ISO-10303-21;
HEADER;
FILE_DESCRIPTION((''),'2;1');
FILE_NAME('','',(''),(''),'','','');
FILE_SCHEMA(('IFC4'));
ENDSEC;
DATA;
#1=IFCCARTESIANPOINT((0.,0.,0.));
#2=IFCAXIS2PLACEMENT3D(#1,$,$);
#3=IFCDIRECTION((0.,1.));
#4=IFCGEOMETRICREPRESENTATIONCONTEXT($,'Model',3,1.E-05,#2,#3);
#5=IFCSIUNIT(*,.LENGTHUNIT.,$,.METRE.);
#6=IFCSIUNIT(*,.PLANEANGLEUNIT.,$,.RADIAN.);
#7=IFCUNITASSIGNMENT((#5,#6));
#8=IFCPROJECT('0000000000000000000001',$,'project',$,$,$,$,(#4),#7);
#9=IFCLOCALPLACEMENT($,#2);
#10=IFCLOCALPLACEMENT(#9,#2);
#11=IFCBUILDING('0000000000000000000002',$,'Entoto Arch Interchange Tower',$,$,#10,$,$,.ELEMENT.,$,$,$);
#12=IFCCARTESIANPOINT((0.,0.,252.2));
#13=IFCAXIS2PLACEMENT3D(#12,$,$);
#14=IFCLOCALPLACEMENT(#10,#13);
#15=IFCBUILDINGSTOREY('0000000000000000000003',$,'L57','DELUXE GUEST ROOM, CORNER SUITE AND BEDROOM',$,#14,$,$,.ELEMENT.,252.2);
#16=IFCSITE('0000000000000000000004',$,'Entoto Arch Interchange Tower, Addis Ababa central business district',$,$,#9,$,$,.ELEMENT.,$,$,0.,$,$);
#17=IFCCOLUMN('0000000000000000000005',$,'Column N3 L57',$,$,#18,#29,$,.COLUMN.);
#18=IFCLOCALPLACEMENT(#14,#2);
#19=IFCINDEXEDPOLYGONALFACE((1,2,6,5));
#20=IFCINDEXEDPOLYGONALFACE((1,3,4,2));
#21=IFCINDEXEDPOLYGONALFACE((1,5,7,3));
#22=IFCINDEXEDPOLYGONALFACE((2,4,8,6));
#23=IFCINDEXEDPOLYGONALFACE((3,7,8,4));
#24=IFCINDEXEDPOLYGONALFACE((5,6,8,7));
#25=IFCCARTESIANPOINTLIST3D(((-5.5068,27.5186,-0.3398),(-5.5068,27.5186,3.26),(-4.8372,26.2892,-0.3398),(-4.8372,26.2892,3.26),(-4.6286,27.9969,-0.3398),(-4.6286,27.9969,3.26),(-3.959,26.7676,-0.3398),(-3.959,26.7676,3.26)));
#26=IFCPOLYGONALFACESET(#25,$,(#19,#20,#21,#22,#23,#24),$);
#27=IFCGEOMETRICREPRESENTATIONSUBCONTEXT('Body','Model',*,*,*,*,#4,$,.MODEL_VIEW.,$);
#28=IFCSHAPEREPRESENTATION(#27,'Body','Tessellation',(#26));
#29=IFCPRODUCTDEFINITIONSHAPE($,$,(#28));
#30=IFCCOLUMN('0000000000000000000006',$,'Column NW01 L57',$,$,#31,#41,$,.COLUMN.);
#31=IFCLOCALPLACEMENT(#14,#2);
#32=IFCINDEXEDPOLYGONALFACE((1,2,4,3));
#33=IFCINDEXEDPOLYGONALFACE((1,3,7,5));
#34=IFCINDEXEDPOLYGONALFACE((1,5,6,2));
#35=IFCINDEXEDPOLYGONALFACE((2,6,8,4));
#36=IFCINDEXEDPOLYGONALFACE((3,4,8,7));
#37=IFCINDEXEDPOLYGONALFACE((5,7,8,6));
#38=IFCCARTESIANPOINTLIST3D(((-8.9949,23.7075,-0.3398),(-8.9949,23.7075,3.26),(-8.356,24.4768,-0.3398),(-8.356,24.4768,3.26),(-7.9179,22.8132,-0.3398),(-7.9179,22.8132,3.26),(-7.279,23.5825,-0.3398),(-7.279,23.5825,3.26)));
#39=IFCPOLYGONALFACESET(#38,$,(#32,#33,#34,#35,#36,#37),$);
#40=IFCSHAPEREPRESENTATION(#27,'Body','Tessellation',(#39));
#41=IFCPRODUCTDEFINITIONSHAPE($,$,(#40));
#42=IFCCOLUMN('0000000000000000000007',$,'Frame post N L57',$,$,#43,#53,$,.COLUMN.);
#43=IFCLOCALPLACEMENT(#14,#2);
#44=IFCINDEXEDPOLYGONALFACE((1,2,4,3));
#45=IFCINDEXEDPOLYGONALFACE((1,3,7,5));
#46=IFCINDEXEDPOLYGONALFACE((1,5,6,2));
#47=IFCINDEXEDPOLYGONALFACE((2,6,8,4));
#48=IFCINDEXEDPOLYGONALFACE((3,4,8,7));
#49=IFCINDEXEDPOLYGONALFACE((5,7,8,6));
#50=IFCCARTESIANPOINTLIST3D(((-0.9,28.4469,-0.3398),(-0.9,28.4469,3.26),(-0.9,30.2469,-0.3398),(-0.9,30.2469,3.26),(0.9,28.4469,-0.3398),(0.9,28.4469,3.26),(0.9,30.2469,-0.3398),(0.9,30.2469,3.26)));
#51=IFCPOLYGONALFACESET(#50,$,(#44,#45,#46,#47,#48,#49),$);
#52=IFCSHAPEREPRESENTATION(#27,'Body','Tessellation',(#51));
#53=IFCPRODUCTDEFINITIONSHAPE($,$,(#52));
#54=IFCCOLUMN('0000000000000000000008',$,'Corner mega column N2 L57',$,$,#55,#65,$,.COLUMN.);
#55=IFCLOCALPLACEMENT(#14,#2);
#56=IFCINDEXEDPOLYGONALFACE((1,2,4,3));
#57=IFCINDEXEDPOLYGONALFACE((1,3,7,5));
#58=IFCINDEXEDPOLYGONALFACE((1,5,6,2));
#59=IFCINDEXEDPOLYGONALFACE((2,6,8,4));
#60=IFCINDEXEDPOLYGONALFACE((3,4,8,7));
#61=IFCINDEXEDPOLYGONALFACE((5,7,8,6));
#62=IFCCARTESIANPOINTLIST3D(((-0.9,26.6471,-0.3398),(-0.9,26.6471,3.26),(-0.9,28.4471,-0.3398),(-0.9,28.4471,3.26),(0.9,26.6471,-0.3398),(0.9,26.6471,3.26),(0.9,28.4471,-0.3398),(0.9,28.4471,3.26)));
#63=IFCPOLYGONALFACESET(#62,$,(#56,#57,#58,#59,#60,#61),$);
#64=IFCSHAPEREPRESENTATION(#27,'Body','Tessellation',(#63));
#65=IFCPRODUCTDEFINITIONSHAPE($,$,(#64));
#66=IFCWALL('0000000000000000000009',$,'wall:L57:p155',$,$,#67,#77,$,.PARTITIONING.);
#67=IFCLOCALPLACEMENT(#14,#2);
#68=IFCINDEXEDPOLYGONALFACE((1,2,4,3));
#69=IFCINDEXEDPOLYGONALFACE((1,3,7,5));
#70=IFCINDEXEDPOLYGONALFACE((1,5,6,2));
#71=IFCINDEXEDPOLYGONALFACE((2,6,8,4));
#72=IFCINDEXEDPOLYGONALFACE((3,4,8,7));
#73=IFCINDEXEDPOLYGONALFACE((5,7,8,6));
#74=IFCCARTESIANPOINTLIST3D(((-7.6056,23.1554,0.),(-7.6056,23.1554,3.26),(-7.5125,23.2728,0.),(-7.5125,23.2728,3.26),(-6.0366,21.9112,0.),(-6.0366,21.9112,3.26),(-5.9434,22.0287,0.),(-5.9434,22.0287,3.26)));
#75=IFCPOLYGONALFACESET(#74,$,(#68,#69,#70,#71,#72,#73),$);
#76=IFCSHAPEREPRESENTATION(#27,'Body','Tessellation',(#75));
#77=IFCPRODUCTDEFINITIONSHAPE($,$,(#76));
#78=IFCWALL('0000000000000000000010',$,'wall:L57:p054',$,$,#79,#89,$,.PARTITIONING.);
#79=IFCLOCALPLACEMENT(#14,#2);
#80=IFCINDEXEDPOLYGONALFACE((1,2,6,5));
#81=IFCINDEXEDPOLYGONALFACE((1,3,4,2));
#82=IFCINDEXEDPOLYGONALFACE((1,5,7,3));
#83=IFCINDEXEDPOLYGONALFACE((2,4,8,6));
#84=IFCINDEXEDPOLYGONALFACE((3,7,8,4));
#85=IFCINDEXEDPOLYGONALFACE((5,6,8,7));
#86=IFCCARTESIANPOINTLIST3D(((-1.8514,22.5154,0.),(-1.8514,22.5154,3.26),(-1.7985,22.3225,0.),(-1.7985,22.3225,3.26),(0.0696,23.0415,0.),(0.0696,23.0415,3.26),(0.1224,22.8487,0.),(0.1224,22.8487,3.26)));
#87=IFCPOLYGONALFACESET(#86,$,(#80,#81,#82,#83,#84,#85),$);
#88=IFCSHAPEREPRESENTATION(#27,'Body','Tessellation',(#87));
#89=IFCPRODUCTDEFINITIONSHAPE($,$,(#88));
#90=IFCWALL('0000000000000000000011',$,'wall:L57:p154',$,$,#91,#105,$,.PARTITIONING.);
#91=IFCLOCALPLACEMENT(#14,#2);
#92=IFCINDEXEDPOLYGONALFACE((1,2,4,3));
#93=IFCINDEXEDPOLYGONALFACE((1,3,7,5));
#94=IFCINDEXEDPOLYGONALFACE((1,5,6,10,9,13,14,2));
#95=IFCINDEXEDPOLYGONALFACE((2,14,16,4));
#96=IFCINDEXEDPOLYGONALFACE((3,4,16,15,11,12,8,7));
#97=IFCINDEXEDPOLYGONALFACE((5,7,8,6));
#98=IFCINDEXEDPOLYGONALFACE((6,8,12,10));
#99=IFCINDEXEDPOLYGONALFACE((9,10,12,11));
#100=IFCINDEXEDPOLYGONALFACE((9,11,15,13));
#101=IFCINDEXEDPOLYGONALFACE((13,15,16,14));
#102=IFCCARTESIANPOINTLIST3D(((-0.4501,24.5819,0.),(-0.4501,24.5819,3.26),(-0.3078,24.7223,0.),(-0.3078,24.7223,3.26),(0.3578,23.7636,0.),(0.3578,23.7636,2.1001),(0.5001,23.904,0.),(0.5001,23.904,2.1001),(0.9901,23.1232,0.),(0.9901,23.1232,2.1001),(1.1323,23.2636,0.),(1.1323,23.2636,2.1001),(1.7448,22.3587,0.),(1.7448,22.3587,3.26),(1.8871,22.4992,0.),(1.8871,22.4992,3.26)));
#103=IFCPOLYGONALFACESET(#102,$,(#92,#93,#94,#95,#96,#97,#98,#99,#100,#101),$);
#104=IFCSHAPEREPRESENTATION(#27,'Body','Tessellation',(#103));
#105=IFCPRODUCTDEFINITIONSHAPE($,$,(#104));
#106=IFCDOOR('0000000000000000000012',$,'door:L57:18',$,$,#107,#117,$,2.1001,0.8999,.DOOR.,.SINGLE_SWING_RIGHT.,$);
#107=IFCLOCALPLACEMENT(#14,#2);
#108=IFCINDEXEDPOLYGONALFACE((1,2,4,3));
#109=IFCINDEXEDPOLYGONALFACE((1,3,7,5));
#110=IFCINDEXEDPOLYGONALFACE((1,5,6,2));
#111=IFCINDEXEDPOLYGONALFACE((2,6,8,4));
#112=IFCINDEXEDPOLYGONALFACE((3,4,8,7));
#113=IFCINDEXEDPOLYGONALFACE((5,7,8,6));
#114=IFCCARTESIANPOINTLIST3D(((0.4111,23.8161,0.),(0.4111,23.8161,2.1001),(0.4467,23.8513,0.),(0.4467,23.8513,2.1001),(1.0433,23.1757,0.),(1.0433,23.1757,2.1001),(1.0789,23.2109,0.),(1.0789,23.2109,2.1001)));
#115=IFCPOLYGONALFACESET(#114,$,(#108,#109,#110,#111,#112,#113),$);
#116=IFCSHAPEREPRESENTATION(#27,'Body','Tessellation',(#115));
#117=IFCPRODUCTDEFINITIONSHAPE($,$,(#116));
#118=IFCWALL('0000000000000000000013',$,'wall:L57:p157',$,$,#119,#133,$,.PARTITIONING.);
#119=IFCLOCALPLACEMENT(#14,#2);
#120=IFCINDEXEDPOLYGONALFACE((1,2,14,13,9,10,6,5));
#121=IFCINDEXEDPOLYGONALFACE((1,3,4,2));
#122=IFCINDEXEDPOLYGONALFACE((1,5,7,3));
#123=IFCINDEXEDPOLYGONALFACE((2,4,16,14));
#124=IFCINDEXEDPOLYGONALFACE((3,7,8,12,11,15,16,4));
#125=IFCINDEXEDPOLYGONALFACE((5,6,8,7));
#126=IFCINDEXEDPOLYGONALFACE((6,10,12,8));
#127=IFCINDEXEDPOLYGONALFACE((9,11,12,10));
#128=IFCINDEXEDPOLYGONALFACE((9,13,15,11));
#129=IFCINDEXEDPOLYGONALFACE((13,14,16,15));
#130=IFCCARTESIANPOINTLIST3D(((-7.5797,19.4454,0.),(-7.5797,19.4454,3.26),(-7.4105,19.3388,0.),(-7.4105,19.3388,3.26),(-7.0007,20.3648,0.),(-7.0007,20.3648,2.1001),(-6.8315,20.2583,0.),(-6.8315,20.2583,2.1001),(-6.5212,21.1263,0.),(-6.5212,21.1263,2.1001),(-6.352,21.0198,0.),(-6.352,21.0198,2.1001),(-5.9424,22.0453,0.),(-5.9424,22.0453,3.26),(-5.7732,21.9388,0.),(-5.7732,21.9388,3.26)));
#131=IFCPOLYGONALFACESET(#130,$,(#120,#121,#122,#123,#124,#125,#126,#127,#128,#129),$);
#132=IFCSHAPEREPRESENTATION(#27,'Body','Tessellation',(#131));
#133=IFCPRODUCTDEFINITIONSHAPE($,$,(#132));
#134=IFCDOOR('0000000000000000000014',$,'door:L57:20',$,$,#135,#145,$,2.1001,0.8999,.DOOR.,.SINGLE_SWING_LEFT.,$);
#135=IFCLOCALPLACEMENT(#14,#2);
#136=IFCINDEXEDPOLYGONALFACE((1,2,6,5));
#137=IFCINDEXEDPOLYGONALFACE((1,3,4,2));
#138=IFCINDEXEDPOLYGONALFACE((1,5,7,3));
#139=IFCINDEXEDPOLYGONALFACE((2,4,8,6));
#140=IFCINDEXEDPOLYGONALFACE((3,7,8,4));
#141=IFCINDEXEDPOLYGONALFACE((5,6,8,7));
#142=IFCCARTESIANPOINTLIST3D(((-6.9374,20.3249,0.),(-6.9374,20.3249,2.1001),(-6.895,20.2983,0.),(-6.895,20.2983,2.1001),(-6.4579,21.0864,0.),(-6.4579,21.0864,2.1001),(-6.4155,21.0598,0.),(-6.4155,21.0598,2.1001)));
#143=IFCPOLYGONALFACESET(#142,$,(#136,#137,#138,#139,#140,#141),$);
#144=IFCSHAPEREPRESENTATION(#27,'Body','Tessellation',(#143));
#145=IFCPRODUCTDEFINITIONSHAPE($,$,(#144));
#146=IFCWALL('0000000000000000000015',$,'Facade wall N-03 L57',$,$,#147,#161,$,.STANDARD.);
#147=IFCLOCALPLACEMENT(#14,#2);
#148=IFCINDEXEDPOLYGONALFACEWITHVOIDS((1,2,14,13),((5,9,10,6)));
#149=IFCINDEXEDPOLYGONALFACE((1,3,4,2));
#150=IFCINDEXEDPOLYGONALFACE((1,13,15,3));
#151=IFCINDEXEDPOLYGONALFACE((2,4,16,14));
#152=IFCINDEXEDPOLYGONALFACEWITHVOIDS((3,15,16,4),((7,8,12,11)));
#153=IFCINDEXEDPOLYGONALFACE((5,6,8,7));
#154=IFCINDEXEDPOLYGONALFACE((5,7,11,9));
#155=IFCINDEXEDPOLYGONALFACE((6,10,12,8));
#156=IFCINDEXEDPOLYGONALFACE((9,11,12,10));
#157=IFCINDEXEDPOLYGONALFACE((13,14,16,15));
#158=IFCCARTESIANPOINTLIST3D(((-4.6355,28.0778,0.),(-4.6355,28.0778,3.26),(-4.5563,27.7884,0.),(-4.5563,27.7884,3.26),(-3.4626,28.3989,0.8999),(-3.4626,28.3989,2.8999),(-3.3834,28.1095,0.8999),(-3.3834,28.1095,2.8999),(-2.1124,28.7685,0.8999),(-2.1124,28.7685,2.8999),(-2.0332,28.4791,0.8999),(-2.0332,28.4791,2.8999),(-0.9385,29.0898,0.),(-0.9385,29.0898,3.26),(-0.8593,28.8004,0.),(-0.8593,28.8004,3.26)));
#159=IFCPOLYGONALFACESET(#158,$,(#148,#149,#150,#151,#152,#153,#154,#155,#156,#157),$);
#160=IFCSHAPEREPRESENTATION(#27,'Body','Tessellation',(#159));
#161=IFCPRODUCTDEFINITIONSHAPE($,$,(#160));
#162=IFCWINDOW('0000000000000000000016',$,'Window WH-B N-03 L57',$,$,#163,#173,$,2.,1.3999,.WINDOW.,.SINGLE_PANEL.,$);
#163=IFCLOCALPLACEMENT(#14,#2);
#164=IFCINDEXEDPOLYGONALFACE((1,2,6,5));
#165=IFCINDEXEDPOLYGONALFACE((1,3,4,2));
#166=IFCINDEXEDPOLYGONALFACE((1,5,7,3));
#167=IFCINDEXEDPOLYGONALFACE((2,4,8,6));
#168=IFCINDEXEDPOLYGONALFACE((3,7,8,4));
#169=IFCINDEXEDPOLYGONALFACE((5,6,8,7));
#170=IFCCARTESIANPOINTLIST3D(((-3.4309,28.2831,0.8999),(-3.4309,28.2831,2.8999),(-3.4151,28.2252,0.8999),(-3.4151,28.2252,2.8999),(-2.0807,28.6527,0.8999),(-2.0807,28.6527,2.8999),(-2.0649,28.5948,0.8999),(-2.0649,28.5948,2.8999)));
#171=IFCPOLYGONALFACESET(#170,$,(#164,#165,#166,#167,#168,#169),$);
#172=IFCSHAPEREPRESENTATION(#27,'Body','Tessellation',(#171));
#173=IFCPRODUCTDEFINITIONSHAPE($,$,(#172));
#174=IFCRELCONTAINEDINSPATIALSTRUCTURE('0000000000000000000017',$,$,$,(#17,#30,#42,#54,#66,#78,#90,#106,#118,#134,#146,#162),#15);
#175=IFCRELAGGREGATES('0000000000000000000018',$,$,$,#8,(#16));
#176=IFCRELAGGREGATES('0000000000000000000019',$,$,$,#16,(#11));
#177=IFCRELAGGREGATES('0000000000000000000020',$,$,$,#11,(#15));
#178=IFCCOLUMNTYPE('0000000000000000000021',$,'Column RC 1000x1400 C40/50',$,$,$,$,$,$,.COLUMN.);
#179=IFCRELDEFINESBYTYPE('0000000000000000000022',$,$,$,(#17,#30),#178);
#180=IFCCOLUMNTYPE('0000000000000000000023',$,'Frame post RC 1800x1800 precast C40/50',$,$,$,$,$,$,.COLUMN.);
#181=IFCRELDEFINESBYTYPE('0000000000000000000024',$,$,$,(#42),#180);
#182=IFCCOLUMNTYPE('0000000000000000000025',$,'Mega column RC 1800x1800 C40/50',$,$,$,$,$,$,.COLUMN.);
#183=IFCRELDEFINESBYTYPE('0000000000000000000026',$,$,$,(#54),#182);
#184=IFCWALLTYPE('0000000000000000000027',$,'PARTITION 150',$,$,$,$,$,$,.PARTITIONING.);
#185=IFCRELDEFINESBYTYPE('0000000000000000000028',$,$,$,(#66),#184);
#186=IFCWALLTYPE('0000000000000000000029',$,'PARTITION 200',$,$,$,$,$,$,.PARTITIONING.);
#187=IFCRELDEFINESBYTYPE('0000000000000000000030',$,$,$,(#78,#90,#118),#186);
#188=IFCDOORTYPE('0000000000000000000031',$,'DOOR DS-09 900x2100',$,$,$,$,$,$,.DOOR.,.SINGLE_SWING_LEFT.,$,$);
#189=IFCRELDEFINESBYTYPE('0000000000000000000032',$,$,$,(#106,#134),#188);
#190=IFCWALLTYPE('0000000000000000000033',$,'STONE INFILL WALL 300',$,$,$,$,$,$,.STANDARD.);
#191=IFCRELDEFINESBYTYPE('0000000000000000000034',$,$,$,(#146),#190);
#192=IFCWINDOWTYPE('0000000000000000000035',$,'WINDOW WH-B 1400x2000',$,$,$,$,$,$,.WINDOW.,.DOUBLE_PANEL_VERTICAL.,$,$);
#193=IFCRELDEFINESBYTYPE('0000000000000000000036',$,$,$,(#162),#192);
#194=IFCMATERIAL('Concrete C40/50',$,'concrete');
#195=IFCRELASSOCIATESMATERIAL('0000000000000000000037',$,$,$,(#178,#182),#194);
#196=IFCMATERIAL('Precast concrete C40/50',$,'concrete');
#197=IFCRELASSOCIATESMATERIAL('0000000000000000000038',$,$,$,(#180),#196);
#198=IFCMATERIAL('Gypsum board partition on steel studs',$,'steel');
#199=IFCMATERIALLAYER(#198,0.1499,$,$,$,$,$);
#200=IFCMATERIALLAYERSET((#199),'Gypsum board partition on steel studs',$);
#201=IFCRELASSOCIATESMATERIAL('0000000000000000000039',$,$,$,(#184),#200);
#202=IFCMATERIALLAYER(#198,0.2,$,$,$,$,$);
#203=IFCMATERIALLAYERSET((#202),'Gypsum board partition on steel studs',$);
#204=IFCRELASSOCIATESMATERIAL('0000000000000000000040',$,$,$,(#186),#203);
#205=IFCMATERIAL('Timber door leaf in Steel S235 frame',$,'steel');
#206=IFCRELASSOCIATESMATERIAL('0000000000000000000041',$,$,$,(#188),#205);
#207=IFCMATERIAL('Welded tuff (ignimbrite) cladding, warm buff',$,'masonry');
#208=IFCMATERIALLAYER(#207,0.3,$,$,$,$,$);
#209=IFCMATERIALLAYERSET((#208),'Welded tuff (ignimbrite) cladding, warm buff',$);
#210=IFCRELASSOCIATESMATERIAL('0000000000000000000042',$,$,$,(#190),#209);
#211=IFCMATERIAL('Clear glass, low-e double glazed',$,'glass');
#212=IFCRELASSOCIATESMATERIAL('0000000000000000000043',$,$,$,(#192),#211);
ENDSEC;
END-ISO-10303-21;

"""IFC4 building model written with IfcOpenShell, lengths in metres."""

from ifc_helpers import new_model, si_unit, direction, frame, frame_2d, origin, origin_2d, place, context, subcontext, project, spatial, rectangle, extrude, material, layer, layer_set, material_profile, profile_set, type_object, element, fill, save


model = new_model("IFC4")

# Units and contexts
model_context = context("Model", 3, precision=1e-05, world=origin(), true_north=direction((0.0, 1.0)))
body_context = subcontext(model_context, "Body", "Model", "MODEL_VIEW")
ifc_project = project(units=[si_unit("LENGTHUNIT", "METRE"), si_unit("PLANEANGLEUNIT", "RADIAN")], contexts=[model_context])

# Site, building, storey
site_placement = place(None, origin())
site = spatial("IfcSite", under=ifc_project, at=site_placement, Name="Entoto Arch Interchange Tower, Addis Ababa central business district", CompositionType="ELEMENT", RefElevation=0.0)
building_placement = place(site_placement, origin())
building = spatial("IfcBuilding", under=site, at=building_placement, Name="Entoto Arch Interchange Tower", CompositionType="ELEMENT")
storey_placement = place(building_placement, frame((0.0, 0.0, 252.2)))
storey = spatial("IfcBuildingStorey", under=building, at=storey_placement, Name="L57", Description="DELUXE GUEST ROOM, CORNER SUITE AND BEDROOM", CompositionType="ELEMENT", Elevation=252.2)

# Columns
ifc_material_1 = material(Name="Concrete C40/50", Category="concrete")
ifc_material_profile_1 = material_profile(ifc_material_1, rectangle(XDim=1.0, YDim=1.3999, at=origin_2d()))
ifc_profile_set_1 = profile_set([ifc_material_profile_1], Name="Concrete C40/50")
column_type_1 = type_object("IfcColumnType", Name="Column RC 1000x1400 C40/50", PredefinedType="COLUMN", material=ifc_profile_set_1)
for number, where, z_axis, x_axis, name in (
    (1, (-4.7329, 27.1431, -0.3398), (0.0, 0.0, 1.0), (0.878175, 0.478339, 0.0), "Column N3 L57"),
    (2, (-8.137, 23.645, -0.3398), (0.0, 0.0, 1.0), (0.638835, 0.769344, 0.0), "Column NW01 L57"),
):
    element("IfcColumn", number, at=place(storey_placement, frame(where, z_axis=z_axis, x_axis=x_axis)), inside=storey, type_object=column_type_1, Name=name, PredefinedType="COLUMN", context=body_context, shape_type="SweptSolid", body=[
        extrude(rectangle(XDim=1.0, YDim=1.3999, at=origin_2d()), origin(), (0.0, 0.0, 1.0), 3.5999),
    ])
ifc_material_2 = material(Name="Precast concrete C40/50", Category="concrete")
ifc_material_profile_2 = material_profile(ifc_material_2, rectangle(XDim=1.8, YDim=1.8, at=origin_2d()))
ifc_profile_set_2 = profile_set([ifc_material_profile_2], Name="Precast concrete C40/50")
column_type_2 = type_object("IfcColumnType", Name="Frame post RC 1800x1800 precast C40/50", PredefinedType="COLUMN", material=ifc_profile_set_2)
column_1_placement = place(storey_placement, frame((0.0, 29.3469, -0.3398), z_axis=(0.0, 0.0, 1.0), x_axis=(0.0, 1.0, 0.0)))
element("IfcColumn", 3, at=column_1_placement, inside=storey, type_object=column_type_2, Name="Frame post N L57", PredefinedType="COLUMN", context=body_context, shape_type="SweptSolid", body=[
    extrude(rectangle(XDim=1.8, YDim=1.8, at=origin_2d()), origin(), (0.0, 0.0, 1.0), 3.5999),
])
ifc_material_profile_3 = material_profile(ifc_material_1, rectangle(XDim=1.8, YDim=1.8, at=origin_2d()))
ifc_profile_set_3 = profile_set([ifc_material_profile_3], Name="Concrete C40/50")
column_type_3 = type_object("IfcColumnType", Name="Mega column RC 1800x1800 C40/50", PredefinedType="COLUMN", material=ifc_profile_set_3)
column_2_placement = place(storey_placement, frame((0.0, 27.5471, -0.3398), z_axis=(0.0, 0.0, 1.0), x_axis=(0.0, 1.0, 0.0)))
element("IfcColumn", 4, at=column_2_placement, inside=storey, type_object=column_type_3, Name="Corner mega column N2 L57", PredefinedType="COLUMN", context=body_context, shape_type="SweptSolid", body=[
    extrude(rectangle(XDim=1.8, YDim=1.8, at=origin_2d()), origin(), (0.0, 0.0, 1.0), 3.5999),
])

# Walls
ifc_material_3 = material(Name="Gypsum board partition on steel studs", Category="steel")
ifc_layer_1 = layer(ifc_material_3, 0.1499)
ifc_layer_set_1 = layer_set([ifc_layer_1], Name="Gypsum board partition on steel studs")
wall_type_1 = type_object("IfcWallType", Name="PARTITION 150", PredefinedType="PARTITIONING", material=ifc_layer_set_1)
wall_1_placement = place(storey_placement, frame((-5.99, 21.97, 0.0), z_axis=(0.0, 0.0, 1.0), x_axis=(-0.783573, 0.621299, 0.0)))
element("IfcWall", 5, at=wall_1_placement, inside=storey, type_object=wall_type_1, Name="wall:L57:p155", PredefinedType="PARTITIONING", context=body_context, shape_type="SweptSolid", body=[
    extrude(rectangle(XDim=2.0024, YDim=0.1499, at=frame_2d((1.0012, 0.0))), origin(), (0.0, 0.0, 1.0), 3.26),
])
ifc_layer_2 = layer(ifc_material_3, 0.2)
ifc_layer_set_2 = layer_set([ifc_layer_2], Name="Gypsum board partition on steel studs")
wall_type_2 = type_object("IfcWallType", Name="PARTITION 200", PredefinedType="PARTITIONING", material=ifc_layer_set_2)
wall_2_placement = place(storey_placement, frame((-1.825, 22.4189, 0.0), z_axis=(0.0, 0.0, 1.0), x_axis=(0.964478, 0.264165, 0.0)))
element("IfcWall", 6, at=wall_2_placement, inside=storey, type_object=wall_type_2, Name="wall:L57:p054", PredefinedType="PARTITIONING", context=body_context, shape_type="SweptSolid", body=[
    extrude(rectangle(XDim=1.9917, YDim=0.2, at=frame_2d((0.9958, 0.0))), origin(), (0.0, 0.0, 1.0), 3.26),
])

# Walls, openings, doors
wall_3_placement = place(storey_placement, frame((-0.3789, 24.6521, 0.0), z_axis=(0.0, 0.0, 1.0), x_axis=(0.70256, -0.711625, 0.0)))
wall_3 = element("IfcWall", 7, at=wall_3_placement, inside=storey, type_object=wall_type_2, Name="wall:L57:p154", PredefinedType="PARTITIONING", context=body_context, shape_type="SweptSolid", body=[
    extrude(rectangle(XDim=3.124, YDim=0.2, at=frame_2d((1.562, 0.0))), origin(), (0.0, 0.0, 1.0), 3.26),
])
opening_1_placement = place(wall_3_placement, frame((1.1499, 0.0, 0.0)))
opening_1 = element("IfcOpeningElement", 8, at=opening_1_placement, cuts=wall_3, PredefinedType="OPENING", context=body_context, shape_type="SweptSolid", body=[
    extrude(rectangle(XDim=0.8999, YDim=2.1001, at=frame_2d((0.45, 1.05))), frame((0.0, 0.1099, 0.0), z_axis=(0.0, -1.0, 0.0), x_axis=(1.0, 0.0, 0.0)), (0.0, 0.0, 1.0), 0.22),
])
ifc_material_4 = material(Name="Timber door leaf in Steel S235 frame", Category="steel")
door_type = type_object("IfcDoorType", Name="DOOR DS-09 900x2100", OperationType="SINGLE_SWING_LEFT", PredefinedType="DOOR", material=ifc_material_4)
door_1_placement = place(opening_1_placement, origin())
door_1 = element("IfcDoor", 9, at=door_1_placement, inside=storey, type_object=door_type, Name="door:L57:18", OperationType="SINGLE_SWING_RIGHT", OverallHeight=2.1001, OverallWidth=0.8999, PredefinedType="DOOR", context=body_context, shape_type="SweptSolid", body=[
    extrude(rectangle(XDim=0.8999, YDim=2.1001, at=frame_2d((0.45, 1.05))), frame((0.0, 0.0249, 0.0), z_axis=(0.0, -1.0, 0.0), x_axis=(1.0, 0.0, 0.0)), (0.0, 0.0, 1.0), 0.05),
])
fill(opening_1, door_1)
wall_4_placement = place(storey_placement, frame((-5.8579, 21.9919, 0.0), z_axis=(0.0, 0.0, 1.0), x_axis=(-0.532874, -0.846194, 0.0)))
wall_4 = element("IfcWall", 10, at=wall_4_placement, inside=storey, type_object=wall_type_2, Name="wall:L57:p157", PredefinedType="PARTITIONING", context=body_context, shape_type="SweptSolid", body=[
    extrude(rectangle(XDim=3.0725, YDim=0.2, at=frame_2d((1.5361, 0.0))), origin(), (0.0, 0.0, 1.0), 3.26),
])
opening_2_placement = place(wall_4_placement, frame((1.0859, 0.0, 0.0)))
opening_2 = element("IfcOpeningElement", 11, at=opening_2_placement, cuts=wall_4, PredefinedType="OPENING", context=body_context, shape_type="SweptSolid", body=[
    extrude(rectangle(XDim=0.8999, YDim=2.1001, at=frame_2d((0.45, 1.05))), frame((0.0, 0.1099, 0.0), z_axis=(0.0, -1.0, 0.0), x_axis=(1.0, 0.0, 0.0)), (0.0, 0.0, 1.0), 0.22),
])
door_2_placement = place(opening_2_placement, origin())
door_2 = element("IfcDoor", 12, at=door_2_placement, inside=storey, type_object=door_type, Name="door:L57:20", OperationType="SINGLE_SWING_LEFT", OverallHeight=2.1001, OverallWidth=0.8999, PredefinedType="DOOR", context=body_context, shape_type="SweptSolid", body=[
    extrude(rectangle(XDim=0.8999, YDim=2.1001, at=frame_2d((0.45, 1.05))), frame((0.0, 0.0249, 0.0), z_axis=(0.0, -1.0, 0.0), x_axis=(1.0, 0.0, 0.0)), (0.0, 0.0, 1.0), 0.05),
])
fill(opening_2, door_2)

# Wall, opening, window
ifc_material_5 = material(Name="Welded tuff (ignimbrite) cladding, warm buff", Category="masonry")
ifc_layer_3 = layer(ifc_material_5, 0.3)
ifc_layer_set_3 = layer_set([ifc_layer_3], Name="Welded tuff (ignimbrite) cladding, warm buff")
wall_type_3 = type_object("IfcWallType", Name="STONE INFILL WALL 300", PredefinedType="STANDARD", material=ifc_layer_set_3)
wall_5_placement = place(storey_placement, frame((-0.8989, 28.9451, 0.0), z_axis=(0.0, 0.0, 1.0), x_axis=(-0.964519, -0.264012, 0.0)))
wall_5 = element("IfcWall", 13, at=wall_5_placement, inside=storey, type_object=wall_type_3, Name="Facade wall N-03 L57", PredefinedType="STANDARD", context=body_context, shape_type="SweptSolid", body=[
    extrude(rectangle(XDim=3.833, YDim=0.3, at=frame_2d((1.9165, 0.0))), origin(), (0.0, 0.0, 1.0), 3.26),
])
opening_3_placement = place(wall_5_placement, frame((1.217, 0.0, 0.8999)))
opening_3 = element("IfcOpeningElement", 14, at=opening_3_placement, cuts=wall_5, PredefinedType="OPENING", context=body_context, shape_type="SweptSolid", body=[
    extrude(rectangle(XDim=1.3999, YDim=2.0, at=frame_2d((0.7, 1.0))), frame((0.0, 0.1602, 0.0), z_axis=(0.0, -1.0, 0.0), x_axis=(1.0, 0.0, 0.0)), (0.0, 0.0, 1.0), 0.3201),
])
ifc_material_6 = material(Name="Clear glass, low-e double glazed", Category="glass")
window_type_1 = type_object("IfcWindowType", Name="WINDOW WH-B 1400x2000", PartitioningType="DOUBLE_PANEL_VERTICAL", PredefinedType="WINDOW", material=ifc_material_6)
window_1_placement = place(opening_3_placement, origin())
window_1 = element("IfcWindow", 15, at=window_1_placement, inside=storey, type_object=window_type_1, Name="Window WH-B N-03 L57", OverallHeight=2.0, OverallWidth=1.3999, PartitioningType="SINGLE_PANEL", PredefinedType="WINDOW", context=body_context, shape_type="SweptSolid", body=[
    extrude(rectangle(XDim=1.3999, YDim=2.0, at=frame_2d((0.7, 1.0))), frame((0.0, 0.03, 0.0), z_axis=(0.0, -1.0, 0.0), x_axis=(1.0, 0.0, 0.0)), (0.0, 0.0, 1.0), 0.0601),
])
fill(opening_3, window_1)

save(model, "model.ifc")
